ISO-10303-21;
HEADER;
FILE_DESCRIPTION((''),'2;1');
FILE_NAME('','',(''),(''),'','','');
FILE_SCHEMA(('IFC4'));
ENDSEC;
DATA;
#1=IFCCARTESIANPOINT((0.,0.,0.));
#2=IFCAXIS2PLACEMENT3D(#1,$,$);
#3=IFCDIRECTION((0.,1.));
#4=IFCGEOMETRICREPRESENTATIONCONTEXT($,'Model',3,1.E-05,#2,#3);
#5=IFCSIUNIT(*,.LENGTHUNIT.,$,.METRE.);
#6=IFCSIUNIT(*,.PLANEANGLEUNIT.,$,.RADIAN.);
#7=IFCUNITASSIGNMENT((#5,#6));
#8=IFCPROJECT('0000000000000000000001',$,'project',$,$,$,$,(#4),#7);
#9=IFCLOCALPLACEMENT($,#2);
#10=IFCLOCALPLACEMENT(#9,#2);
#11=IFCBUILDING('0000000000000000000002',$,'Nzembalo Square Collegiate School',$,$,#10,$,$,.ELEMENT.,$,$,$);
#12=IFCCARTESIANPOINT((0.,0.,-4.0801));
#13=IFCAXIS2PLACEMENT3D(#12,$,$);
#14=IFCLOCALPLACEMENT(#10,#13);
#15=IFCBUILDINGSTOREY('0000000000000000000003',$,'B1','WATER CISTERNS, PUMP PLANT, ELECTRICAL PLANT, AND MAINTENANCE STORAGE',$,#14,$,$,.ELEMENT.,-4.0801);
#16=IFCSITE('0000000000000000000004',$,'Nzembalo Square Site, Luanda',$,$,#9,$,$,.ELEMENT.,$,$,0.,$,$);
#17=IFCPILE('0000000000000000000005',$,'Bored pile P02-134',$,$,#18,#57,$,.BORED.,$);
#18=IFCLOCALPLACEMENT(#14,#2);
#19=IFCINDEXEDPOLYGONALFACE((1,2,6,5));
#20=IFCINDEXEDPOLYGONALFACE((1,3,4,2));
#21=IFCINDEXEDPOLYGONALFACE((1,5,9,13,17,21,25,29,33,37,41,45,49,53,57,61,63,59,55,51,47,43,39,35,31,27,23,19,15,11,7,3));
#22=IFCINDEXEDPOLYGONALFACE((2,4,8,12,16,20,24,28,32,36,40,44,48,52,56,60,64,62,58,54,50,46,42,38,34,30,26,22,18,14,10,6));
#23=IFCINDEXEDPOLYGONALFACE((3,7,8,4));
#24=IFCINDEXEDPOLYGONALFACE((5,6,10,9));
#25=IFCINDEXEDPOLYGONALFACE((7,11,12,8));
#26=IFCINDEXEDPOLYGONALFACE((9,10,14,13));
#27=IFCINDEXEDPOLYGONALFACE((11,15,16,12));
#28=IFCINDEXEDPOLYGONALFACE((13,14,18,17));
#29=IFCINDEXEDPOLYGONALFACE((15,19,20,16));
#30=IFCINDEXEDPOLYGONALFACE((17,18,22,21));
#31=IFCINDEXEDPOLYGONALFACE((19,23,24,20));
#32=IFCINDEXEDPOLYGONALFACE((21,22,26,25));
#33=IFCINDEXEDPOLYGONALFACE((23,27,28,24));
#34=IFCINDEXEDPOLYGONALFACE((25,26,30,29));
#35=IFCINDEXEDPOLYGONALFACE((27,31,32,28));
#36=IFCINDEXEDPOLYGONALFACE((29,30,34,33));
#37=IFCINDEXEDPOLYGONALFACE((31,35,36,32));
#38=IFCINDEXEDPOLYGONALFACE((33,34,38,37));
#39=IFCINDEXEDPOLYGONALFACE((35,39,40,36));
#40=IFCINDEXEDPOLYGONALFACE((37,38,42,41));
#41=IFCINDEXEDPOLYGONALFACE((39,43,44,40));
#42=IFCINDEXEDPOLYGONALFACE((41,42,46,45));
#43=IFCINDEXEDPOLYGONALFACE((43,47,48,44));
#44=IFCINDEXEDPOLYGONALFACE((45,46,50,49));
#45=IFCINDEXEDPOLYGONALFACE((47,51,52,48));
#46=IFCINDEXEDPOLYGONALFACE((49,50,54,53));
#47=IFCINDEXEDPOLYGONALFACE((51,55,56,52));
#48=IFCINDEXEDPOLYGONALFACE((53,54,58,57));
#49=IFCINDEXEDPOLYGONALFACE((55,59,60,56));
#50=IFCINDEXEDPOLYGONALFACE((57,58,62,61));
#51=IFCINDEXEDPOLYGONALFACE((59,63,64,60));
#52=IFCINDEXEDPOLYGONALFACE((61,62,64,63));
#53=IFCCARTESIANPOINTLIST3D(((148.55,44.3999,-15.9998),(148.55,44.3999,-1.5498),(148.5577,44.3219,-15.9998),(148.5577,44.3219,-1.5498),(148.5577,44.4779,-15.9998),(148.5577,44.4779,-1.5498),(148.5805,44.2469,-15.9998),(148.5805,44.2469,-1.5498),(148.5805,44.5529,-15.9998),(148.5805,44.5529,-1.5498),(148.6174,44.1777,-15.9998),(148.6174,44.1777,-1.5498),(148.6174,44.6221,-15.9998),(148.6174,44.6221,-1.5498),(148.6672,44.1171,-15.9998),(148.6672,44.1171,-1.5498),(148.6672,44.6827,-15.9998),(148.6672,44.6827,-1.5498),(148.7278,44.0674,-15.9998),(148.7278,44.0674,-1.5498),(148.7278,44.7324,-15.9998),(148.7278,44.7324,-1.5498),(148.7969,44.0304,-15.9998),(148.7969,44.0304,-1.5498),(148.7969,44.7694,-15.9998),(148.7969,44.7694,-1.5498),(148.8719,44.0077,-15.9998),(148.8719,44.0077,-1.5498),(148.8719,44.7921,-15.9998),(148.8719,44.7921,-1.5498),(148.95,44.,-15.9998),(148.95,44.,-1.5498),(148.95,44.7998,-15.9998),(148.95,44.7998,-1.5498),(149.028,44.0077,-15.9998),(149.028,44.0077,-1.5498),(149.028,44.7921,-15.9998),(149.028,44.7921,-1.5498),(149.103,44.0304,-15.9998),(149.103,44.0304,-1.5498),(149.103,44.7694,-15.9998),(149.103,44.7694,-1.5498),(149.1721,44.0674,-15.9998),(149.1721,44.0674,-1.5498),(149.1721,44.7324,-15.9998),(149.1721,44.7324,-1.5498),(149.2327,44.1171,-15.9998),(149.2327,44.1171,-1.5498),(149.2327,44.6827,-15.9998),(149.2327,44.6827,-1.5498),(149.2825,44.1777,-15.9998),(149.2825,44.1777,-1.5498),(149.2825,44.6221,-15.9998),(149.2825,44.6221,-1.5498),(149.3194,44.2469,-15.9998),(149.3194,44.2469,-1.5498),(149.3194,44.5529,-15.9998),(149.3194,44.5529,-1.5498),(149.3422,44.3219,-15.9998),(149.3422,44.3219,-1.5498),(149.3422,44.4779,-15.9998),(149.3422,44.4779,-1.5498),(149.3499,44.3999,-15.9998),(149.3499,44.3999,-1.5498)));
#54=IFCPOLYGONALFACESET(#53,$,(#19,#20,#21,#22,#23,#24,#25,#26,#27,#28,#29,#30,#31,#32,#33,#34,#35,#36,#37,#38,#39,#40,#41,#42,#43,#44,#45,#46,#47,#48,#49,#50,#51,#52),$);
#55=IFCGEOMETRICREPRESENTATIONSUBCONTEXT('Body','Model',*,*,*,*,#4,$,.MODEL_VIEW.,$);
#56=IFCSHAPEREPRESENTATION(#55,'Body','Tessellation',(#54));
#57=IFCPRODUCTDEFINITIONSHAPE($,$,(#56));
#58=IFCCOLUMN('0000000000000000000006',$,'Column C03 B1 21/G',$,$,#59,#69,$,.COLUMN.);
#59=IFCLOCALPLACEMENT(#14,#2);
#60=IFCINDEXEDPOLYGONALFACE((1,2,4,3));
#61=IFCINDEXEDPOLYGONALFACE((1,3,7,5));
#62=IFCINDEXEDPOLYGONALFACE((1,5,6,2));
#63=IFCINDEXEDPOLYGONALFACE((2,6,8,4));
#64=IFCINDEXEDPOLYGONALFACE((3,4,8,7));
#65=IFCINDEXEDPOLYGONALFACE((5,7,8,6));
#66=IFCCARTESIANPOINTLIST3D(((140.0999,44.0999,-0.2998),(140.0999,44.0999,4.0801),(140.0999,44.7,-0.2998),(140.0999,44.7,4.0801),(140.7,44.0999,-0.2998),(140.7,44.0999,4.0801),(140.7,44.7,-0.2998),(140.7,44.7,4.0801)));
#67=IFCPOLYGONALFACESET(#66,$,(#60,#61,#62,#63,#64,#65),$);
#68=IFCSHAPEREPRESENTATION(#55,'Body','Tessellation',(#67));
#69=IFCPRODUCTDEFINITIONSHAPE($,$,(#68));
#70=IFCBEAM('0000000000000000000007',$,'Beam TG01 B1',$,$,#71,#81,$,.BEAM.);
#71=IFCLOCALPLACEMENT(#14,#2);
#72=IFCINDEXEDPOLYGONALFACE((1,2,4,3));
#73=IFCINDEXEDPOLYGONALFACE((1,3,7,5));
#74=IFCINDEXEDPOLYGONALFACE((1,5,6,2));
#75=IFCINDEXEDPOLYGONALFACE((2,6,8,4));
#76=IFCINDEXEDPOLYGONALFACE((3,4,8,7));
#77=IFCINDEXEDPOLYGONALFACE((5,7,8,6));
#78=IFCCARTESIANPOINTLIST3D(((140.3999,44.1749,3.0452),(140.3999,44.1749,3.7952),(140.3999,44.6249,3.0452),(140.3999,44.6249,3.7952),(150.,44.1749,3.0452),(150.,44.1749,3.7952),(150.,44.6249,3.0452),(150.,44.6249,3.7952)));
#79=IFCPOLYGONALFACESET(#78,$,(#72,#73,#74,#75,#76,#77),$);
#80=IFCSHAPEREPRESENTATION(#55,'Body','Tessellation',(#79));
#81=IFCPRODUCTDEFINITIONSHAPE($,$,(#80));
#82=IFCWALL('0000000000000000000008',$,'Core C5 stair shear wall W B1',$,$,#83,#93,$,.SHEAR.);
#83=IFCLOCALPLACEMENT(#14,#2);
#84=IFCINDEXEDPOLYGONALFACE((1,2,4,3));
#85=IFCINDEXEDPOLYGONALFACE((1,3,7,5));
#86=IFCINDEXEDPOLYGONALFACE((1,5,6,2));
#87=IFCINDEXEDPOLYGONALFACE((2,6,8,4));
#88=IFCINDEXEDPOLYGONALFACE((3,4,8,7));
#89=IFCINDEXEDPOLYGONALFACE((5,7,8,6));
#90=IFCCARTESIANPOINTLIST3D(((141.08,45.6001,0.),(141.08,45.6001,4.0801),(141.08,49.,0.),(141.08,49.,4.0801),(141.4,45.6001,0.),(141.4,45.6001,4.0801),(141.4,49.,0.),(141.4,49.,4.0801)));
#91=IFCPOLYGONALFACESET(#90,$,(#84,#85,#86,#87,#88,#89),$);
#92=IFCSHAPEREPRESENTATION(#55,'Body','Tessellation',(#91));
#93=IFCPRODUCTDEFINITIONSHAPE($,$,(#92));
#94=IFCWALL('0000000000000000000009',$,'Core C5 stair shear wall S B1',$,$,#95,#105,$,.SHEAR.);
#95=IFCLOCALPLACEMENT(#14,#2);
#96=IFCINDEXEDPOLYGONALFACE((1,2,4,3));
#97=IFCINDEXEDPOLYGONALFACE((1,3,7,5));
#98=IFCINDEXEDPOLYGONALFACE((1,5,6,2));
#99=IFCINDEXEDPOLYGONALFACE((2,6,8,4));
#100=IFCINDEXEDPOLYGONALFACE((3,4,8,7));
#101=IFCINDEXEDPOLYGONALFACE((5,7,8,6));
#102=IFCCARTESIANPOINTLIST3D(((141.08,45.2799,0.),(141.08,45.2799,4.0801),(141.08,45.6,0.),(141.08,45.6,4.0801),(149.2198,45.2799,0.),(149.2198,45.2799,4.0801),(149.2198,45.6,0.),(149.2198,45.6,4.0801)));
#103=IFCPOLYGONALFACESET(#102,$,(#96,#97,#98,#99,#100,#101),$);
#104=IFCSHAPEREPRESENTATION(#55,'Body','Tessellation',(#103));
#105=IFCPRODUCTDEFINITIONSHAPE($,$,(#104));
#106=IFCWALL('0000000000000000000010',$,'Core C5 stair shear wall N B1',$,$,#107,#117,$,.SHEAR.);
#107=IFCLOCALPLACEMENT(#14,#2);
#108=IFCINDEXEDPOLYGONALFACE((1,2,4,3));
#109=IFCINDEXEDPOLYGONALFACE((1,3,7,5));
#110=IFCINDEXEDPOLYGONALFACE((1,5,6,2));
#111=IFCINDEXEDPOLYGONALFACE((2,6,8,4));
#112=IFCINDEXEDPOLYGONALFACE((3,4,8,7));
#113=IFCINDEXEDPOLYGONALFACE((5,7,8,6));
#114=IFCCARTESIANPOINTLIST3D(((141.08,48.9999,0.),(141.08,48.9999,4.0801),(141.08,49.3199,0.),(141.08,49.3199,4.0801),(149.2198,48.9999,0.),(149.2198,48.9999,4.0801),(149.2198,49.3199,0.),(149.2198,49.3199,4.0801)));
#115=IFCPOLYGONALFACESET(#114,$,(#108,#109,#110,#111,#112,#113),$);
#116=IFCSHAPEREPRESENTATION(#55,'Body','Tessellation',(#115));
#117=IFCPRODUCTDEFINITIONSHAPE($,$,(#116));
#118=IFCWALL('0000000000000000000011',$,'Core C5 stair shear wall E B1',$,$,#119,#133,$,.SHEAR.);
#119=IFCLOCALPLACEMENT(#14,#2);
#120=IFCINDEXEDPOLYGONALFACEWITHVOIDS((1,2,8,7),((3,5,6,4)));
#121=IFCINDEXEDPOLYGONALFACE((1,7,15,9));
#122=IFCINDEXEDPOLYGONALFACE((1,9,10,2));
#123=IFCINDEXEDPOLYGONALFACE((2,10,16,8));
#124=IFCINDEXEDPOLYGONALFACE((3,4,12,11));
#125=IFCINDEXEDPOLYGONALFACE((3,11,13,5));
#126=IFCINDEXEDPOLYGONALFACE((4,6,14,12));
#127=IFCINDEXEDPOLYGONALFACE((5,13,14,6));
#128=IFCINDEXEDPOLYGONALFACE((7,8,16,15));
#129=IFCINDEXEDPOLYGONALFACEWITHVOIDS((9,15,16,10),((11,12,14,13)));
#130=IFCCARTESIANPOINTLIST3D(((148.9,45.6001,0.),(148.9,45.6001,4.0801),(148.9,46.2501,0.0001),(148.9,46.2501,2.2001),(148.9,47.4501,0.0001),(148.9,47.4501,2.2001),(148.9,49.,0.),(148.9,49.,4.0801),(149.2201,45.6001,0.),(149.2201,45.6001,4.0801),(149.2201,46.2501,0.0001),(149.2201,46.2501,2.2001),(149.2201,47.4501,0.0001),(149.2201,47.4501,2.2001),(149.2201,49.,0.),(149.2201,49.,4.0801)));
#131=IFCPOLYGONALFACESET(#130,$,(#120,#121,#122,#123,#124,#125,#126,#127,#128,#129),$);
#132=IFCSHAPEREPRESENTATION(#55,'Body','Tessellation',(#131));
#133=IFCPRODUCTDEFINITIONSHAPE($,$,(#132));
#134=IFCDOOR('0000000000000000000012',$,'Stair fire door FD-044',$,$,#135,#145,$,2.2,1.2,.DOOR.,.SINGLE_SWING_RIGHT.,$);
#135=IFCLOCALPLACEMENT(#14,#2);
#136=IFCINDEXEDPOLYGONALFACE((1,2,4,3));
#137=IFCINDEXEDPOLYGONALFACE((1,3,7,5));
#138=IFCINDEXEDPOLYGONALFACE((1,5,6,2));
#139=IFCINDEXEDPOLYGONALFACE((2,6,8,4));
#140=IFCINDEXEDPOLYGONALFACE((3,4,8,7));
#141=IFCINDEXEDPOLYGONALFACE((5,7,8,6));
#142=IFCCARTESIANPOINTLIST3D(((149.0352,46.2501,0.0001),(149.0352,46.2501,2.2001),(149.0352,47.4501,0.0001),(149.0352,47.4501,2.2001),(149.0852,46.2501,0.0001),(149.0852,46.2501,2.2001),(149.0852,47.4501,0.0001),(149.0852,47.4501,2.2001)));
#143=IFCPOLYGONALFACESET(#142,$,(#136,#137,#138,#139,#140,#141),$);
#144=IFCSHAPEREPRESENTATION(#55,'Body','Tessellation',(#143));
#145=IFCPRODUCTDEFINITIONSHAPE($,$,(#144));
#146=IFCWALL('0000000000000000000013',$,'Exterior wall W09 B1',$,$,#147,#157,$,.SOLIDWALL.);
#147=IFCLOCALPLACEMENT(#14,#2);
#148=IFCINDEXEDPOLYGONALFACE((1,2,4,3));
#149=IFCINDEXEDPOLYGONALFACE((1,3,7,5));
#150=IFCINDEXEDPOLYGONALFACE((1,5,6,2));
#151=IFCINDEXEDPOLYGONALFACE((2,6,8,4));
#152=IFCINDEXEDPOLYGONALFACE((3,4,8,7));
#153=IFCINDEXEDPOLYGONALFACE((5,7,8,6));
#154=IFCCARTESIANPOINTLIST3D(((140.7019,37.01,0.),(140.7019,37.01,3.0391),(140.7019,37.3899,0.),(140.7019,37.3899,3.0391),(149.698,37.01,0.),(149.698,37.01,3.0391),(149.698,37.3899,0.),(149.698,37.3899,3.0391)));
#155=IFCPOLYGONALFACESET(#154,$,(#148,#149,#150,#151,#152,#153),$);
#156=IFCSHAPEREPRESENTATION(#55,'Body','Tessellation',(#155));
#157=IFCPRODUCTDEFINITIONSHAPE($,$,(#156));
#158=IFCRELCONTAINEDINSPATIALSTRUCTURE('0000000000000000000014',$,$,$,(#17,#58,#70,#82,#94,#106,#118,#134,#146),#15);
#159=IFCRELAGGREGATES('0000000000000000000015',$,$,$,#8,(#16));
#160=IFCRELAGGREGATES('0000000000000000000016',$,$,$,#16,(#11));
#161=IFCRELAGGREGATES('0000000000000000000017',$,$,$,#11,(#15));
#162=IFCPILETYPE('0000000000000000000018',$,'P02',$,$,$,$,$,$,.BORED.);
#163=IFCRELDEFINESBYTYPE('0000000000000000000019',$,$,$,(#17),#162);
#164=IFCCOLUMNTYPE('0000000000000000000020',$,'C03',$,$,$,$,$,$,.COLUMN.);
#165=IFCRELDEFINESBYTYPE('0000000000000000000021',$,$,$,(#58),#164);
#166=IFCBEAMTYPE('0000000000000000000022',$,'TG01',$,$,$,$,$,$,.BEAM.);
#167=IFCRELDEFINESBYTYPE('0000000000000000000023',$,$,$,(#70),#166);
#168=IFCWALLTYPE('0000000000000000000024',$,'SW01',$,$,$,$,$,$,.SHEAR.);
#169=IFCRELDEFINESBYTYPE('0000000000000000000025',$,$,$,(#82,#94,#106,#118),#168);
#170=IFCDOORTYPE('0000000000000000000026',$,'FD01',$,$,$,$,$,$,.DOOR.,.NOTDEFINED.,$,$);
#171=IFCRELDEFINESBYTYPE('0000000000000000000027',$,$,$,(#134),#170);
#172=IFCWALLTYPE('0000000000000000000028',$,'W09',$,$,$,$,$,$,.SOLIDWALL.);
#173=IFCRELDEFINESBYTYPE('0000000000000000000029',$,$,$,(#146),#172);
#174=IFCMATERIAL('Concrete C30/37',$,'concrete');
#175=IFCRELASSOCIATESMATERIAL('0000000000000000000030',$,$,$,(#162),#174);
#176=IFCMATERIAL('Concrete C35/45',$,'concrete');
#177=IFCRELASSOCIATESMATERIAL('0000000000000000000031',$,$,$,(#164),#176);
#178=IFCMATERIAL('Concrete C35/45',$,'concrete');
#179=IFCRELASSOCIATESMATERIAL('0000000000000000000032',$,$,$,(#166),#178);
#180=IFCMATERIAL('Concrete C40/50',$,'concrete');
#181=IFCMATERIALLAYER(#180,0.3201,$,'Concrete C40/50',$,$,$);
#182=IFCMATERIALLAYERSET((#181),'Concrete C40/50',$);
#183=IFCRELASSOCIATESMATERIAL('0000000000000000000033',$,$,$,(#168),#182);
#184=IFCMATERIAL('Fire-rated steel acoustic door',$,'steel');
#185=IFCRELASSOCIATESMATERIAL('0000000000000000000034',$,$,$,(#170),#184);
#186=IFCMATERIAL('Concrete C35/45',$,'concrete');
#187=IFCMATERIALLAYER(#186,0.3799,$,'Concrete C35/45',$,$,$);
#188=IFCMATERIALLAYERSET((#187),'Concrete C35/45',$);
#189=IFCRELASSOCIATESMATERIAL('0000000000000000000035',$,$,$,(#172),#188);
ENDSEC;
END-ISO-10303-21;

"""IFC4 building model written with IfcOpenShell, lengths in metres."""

from ifc_helpers import new_model, si_unit, direction, frame, frame_2d, origin, origin_2d, place, context, subcontext, project, spatial, rectangle, circle, extrude, material, layer, layer_set, material_profile, profile_set, type_object, element, fill, save


model = new_model("IFC4")

# Units and contexts
model_context = context("Model", 3, precision=1e-05, world=origin(), true_north=direction((0.0, 1.0)))
body_context = subcontext(model_context, "Body", "Model", "MODEL_VIEW")
ifc_project = project(units=[si_unit("LENGTHUNIT", "METRE"), si_unit("PLANEANGLEUNIT", "RADIAN")], contexts=[model_context])

# Site, building, storey
site_placement = place(None, origin())
site = spatial("IfcSite", under=ifc_project, at=site_placement, Name="Nzembalo Square Site, Luanda", CompositionType="ELEMENT", RefElevation=0.0)
building_placement = place(site_placement, origin())
building = spatial("IfcBuilding", under=site, at=building_placement, Name="Nzembalo Square Collegiate School", CompositionType="ELEMENT")
storey_placement = place(building_placement, frame((0.0, 0.0, -4.0801)))
storey = spatial("IfcBuildingStorey", under=building, at=storey_placement, Name="B1", Description="WATER CISTERNS, PUMP PLANT, ELECTRICAL PLANT, AND MAINTENANCE STORAGE", CompositionType="ELEMENT", Elevation=-4.0801)

# Pile
ifc_material_1 = material(Name="Concrete C30/37", Category="concrete")
ifc_material_profile_1 = material_profile(ifc_material_1, circle(Radius=0.3999, at=origin_2d()), Name="PILE D800")
ifc_profile_set_1 = profile_set([ifc_material_profile_1], Name="Concrete C30/37")
pile_type_1 = type_object("IfcPileType", Name="P02", PredefinedType="BORED", material=ifc_profile_set_1)
for number, where, z_axis, x_axis, name in (
    (1, (148.95, 44.3999, -1.5498), (0.0, 0.0, -1.0), (1.0, 0.0, 0.0), "Bored pile P02-134"),
):
    element("IfcPile", number, at=place(storey_placement, frame(where, z_axis=z_axis, x_axis=x_axis)), inside=storey, type_object=pile_type_1, Name=name, PredefinedType="BORED", context=body_context, shape_type="SweptSolid", body=[
        extrude(circle(Radius=0.3999, at=origin_2d()), origin(), (0.0, 0.0, 1.0), 14.45),
    ])

# Column
ifc_material_2 = material(Name="Concrete C35/45", Category="concrete")
ifc_material_profile_2 = material_profile(ifc_material_2, rectangle(XDim=0.6001, YDim=0.6001, at=origin_2d()), Name="RC 600x600")
ifc_profile_set_2 = profile_set([ifc_material_profile_2], Name="Concrete C35/45")
column_type = type_object("IfcColumnType", Name="C03", PredefinedType="COLUMN", material=ifc_profile_set_2)
column_placement = place(storey_placement, frame((140.3999, 44.3999, -0.2998), z_axis=(0.0, 0.0, 1.0), x_axis=(1.0, 0.0, 0.0)))
element("IfcColumn", 2, at=column_placement, inside=storey, type_object=column_type, Name="Column C03 B1 21/G", PredefinedType="COLUMN", context=body_context, shape_type="SweptSolid", body=[
    extrude(rectangle(XDim=0.6001, YDim=0.6001, at=origin_2d()), origin(), (0.0, 0.0, 1.0), 4.3799),
])

# Beam
ifc_material_3 = material(Name="Concrete C35/45", Category="concrete")
ifc_material_profile_3 = material_profile(ifc_material_3, rectangle(XDim=0.45, YDim=0.75, at=origin_2d()), Name="RC 450x750")
ifc_profile_set_3 = profile_set([ifc_material_profile_3], Name="Concrete C35/45")
beam_type = type_object("IfcBeamType", Name="TG01", PredefinedType="BEAM", material=ifc_profile_set_3)
beam_placement = place(storey_placement, frame((140.3999, 44.3999, 3.4202), z_axis=(1.0, 0.0, 0.0), x_axis=(0.0, 1.0, 0.0)))
element("IfcBeam", 3, at=beam_placement, inside=storey, type_object=beam_type, Name="Beam TG01 B1", PredefinedType="BEAM", context=body_context, shape_type="SweptSolid", body=[
    extrude(rectangle(XDim=0.45, YDim=0.75, at=origin_2d()), origin(), (0.0, 0.0, 1.0), 9.6001),
])

# Walls
ifc_material_4 = material(Name="Concrete C40/50", Category="concrete")
ifc_layer_1 = layer(ifc_material_4, 0.3201, Name="Concrete C40/50")
ifc_layer_set_1 = layer_set([ifc_layer_1], Name="Concrete C40/50")
wall_type_1 = type_object("IfcWallType", Name="SW01", PredefinedType="SHEAR", material=ifc_layer_set_1)
wall_1_placement = place(storey_placement, frame((141.24, 45.6001, 0.0), z_axis=(0.0, 0.0, 1.0), x_axis=(0.0, 1.0, 0.0)))
element("IfcWall", 4, at=wall_1_placement, inside=storey, type_object=wall_type_1, Name="Core C5 stair shear wall W B1", PredefinedType="SHEAR", context=body_context, shape_type="SweptSolid", body=[
    extrude(rectangle(XDim=3.3999, YDim=0.3201, at=frame_2d((1.7, 0.0))), origin(), (0.0, 0.0, 1.0), 4.0801),
])
for number, where, z_axis, x_axis, name in (
    (5, (141.0801, 45.4399, 0.0), (0.0, 0.0, 1.0), (1.0, 0.0, 0.0), "Core C5 stair shear wall S B1"),
    (6, (141.0801, 49.1599, 0.0), (0.0, 0.0, 1.0), (1.0, 0.0, 0.0), "Core C5 stair shear wall N B1"),
):
    element("IfcWall", number, at=place(storey_placement, frame(where, z_axis=z_axis, x_axis=x_axis)), inside=storey, type_object=wall_type_1, Name=name, PredefinedType="SHEAR", context=body_context, shape_type="SweptSolid", body=[
        extrude(rectangle(XDim=8.1399, YDim=0.3201, at=frame_2d((4.0698, 0.0))), origin(), (0.0, 0.0, 1.0), 4.0801),
    ])

# Wall, opening, door
wall_2_placement = place(storey_placement, frame((149.0601, 45.6001, 0.0), z_axis=(0.0, 0.0, 1.0), x_axis=(0.0, 1.0, 0.0)))
wall_2 = element("IfcWall", 7, at=wall_2_placement, inside=storey, type_object=wall_type_1, Name="Core C5 stair shear wall E B1", PredefinedType="SHEAR", context=body_context, shape_type="SweptSolid", body=[
    extrude(rectangle(XDim=3.3999, YDim=0.3201, at=frame_2d((1.7, 0.0))), origin(), (0.0, 0.0, 1.0), 4.0801),
])
opening_placement = place(wall_2_placement, frame((0.6499, 0.0, 0.0)))
opening = element("IfcOpeningElement", 8, at=opening_placement, cuts=wall_2, PredefinedType="OPENING", context=body_context, shape_type="SweptSolid", body=[
    extrude(rectangle(XDim=1.2, YDim=2.2, at=frame_2d((0.6001, 1.1001))), frame((0.0, 0.1699, 0.0), z_axis=(0.0, -1.0, 0.0), x_axis=(1.0, 0.0, 0.0)), (0.0, 0.0, 1.0), 0.3401),
])
ifc_material_5 = material(Name="Fire-rated steel acoustic door", Category="steel")
door_type = type_object("IfcDoorType", Name="FD01", OperationType="NOTDEFINED", PredefinedType="DOOR", material=ifc_material_5)
door_placement = place(opening_placement, origin())
door = element("IfcDoor", 9, at=door_placement, inside=storey, type_object=door_type, Name="Stair fire door FD-044", OperationType="SINGLE_SWING_RIGHT", OverallHeight=2.2, OverallWidth=1.2, PredefinedType="DOOR", context=body_context, shape_type="SweptSolid", body=[
    extrude(rectangle(XDim=1.2, YDim=2.2, at=frame_2d((0.6001, 1.1001))), frame((0.0, 0.0249, 0.0), z_axis=(0.0, -1.0, 0.0), x_axis=(1.0, 0.0, 0.0)), (0.0, 0.0, 1.0), 0.05),
])
fill(opening, door)

# Wall
ifc_material_6 = material(Name="Concrete C35/45", Category="concrete")
ifc_layer_2 = layer(ifc_material_6, 0.3799, Name="Concrete C35/45")
ifc_layer_set_2 = layer_set([ifc_layer_2], Name="Concrete C35/45")
wall_type_2 = type_object("IfcWallType", Name="W09", PredefinedType="SOLIDWALL", material=ifc_layer_set_2)
wall_3_placement = place(storey_placement, frame((140.7019, 37.2, 0.0), z_axis=(0.0, 0.0, 1.0), x_axis=(1.0, 0.0, 0.0)))
element("IfcWall", 10, at=wall_3_placement, inside=storey, type_object=wall_type_2, Name="Exterior wall W09 B1", PredefinedType="SOLIDWALL", context=body_context, shape_type="SweptSolid", body=[
    extrude(rectangle(XDim=8.9961, YDim=0.3799, at=frame_2d((4.498, 0.0))), origin(), (0.0, 0.0, 1.0), 3.0391),
])

save(model, "model.ifc")
